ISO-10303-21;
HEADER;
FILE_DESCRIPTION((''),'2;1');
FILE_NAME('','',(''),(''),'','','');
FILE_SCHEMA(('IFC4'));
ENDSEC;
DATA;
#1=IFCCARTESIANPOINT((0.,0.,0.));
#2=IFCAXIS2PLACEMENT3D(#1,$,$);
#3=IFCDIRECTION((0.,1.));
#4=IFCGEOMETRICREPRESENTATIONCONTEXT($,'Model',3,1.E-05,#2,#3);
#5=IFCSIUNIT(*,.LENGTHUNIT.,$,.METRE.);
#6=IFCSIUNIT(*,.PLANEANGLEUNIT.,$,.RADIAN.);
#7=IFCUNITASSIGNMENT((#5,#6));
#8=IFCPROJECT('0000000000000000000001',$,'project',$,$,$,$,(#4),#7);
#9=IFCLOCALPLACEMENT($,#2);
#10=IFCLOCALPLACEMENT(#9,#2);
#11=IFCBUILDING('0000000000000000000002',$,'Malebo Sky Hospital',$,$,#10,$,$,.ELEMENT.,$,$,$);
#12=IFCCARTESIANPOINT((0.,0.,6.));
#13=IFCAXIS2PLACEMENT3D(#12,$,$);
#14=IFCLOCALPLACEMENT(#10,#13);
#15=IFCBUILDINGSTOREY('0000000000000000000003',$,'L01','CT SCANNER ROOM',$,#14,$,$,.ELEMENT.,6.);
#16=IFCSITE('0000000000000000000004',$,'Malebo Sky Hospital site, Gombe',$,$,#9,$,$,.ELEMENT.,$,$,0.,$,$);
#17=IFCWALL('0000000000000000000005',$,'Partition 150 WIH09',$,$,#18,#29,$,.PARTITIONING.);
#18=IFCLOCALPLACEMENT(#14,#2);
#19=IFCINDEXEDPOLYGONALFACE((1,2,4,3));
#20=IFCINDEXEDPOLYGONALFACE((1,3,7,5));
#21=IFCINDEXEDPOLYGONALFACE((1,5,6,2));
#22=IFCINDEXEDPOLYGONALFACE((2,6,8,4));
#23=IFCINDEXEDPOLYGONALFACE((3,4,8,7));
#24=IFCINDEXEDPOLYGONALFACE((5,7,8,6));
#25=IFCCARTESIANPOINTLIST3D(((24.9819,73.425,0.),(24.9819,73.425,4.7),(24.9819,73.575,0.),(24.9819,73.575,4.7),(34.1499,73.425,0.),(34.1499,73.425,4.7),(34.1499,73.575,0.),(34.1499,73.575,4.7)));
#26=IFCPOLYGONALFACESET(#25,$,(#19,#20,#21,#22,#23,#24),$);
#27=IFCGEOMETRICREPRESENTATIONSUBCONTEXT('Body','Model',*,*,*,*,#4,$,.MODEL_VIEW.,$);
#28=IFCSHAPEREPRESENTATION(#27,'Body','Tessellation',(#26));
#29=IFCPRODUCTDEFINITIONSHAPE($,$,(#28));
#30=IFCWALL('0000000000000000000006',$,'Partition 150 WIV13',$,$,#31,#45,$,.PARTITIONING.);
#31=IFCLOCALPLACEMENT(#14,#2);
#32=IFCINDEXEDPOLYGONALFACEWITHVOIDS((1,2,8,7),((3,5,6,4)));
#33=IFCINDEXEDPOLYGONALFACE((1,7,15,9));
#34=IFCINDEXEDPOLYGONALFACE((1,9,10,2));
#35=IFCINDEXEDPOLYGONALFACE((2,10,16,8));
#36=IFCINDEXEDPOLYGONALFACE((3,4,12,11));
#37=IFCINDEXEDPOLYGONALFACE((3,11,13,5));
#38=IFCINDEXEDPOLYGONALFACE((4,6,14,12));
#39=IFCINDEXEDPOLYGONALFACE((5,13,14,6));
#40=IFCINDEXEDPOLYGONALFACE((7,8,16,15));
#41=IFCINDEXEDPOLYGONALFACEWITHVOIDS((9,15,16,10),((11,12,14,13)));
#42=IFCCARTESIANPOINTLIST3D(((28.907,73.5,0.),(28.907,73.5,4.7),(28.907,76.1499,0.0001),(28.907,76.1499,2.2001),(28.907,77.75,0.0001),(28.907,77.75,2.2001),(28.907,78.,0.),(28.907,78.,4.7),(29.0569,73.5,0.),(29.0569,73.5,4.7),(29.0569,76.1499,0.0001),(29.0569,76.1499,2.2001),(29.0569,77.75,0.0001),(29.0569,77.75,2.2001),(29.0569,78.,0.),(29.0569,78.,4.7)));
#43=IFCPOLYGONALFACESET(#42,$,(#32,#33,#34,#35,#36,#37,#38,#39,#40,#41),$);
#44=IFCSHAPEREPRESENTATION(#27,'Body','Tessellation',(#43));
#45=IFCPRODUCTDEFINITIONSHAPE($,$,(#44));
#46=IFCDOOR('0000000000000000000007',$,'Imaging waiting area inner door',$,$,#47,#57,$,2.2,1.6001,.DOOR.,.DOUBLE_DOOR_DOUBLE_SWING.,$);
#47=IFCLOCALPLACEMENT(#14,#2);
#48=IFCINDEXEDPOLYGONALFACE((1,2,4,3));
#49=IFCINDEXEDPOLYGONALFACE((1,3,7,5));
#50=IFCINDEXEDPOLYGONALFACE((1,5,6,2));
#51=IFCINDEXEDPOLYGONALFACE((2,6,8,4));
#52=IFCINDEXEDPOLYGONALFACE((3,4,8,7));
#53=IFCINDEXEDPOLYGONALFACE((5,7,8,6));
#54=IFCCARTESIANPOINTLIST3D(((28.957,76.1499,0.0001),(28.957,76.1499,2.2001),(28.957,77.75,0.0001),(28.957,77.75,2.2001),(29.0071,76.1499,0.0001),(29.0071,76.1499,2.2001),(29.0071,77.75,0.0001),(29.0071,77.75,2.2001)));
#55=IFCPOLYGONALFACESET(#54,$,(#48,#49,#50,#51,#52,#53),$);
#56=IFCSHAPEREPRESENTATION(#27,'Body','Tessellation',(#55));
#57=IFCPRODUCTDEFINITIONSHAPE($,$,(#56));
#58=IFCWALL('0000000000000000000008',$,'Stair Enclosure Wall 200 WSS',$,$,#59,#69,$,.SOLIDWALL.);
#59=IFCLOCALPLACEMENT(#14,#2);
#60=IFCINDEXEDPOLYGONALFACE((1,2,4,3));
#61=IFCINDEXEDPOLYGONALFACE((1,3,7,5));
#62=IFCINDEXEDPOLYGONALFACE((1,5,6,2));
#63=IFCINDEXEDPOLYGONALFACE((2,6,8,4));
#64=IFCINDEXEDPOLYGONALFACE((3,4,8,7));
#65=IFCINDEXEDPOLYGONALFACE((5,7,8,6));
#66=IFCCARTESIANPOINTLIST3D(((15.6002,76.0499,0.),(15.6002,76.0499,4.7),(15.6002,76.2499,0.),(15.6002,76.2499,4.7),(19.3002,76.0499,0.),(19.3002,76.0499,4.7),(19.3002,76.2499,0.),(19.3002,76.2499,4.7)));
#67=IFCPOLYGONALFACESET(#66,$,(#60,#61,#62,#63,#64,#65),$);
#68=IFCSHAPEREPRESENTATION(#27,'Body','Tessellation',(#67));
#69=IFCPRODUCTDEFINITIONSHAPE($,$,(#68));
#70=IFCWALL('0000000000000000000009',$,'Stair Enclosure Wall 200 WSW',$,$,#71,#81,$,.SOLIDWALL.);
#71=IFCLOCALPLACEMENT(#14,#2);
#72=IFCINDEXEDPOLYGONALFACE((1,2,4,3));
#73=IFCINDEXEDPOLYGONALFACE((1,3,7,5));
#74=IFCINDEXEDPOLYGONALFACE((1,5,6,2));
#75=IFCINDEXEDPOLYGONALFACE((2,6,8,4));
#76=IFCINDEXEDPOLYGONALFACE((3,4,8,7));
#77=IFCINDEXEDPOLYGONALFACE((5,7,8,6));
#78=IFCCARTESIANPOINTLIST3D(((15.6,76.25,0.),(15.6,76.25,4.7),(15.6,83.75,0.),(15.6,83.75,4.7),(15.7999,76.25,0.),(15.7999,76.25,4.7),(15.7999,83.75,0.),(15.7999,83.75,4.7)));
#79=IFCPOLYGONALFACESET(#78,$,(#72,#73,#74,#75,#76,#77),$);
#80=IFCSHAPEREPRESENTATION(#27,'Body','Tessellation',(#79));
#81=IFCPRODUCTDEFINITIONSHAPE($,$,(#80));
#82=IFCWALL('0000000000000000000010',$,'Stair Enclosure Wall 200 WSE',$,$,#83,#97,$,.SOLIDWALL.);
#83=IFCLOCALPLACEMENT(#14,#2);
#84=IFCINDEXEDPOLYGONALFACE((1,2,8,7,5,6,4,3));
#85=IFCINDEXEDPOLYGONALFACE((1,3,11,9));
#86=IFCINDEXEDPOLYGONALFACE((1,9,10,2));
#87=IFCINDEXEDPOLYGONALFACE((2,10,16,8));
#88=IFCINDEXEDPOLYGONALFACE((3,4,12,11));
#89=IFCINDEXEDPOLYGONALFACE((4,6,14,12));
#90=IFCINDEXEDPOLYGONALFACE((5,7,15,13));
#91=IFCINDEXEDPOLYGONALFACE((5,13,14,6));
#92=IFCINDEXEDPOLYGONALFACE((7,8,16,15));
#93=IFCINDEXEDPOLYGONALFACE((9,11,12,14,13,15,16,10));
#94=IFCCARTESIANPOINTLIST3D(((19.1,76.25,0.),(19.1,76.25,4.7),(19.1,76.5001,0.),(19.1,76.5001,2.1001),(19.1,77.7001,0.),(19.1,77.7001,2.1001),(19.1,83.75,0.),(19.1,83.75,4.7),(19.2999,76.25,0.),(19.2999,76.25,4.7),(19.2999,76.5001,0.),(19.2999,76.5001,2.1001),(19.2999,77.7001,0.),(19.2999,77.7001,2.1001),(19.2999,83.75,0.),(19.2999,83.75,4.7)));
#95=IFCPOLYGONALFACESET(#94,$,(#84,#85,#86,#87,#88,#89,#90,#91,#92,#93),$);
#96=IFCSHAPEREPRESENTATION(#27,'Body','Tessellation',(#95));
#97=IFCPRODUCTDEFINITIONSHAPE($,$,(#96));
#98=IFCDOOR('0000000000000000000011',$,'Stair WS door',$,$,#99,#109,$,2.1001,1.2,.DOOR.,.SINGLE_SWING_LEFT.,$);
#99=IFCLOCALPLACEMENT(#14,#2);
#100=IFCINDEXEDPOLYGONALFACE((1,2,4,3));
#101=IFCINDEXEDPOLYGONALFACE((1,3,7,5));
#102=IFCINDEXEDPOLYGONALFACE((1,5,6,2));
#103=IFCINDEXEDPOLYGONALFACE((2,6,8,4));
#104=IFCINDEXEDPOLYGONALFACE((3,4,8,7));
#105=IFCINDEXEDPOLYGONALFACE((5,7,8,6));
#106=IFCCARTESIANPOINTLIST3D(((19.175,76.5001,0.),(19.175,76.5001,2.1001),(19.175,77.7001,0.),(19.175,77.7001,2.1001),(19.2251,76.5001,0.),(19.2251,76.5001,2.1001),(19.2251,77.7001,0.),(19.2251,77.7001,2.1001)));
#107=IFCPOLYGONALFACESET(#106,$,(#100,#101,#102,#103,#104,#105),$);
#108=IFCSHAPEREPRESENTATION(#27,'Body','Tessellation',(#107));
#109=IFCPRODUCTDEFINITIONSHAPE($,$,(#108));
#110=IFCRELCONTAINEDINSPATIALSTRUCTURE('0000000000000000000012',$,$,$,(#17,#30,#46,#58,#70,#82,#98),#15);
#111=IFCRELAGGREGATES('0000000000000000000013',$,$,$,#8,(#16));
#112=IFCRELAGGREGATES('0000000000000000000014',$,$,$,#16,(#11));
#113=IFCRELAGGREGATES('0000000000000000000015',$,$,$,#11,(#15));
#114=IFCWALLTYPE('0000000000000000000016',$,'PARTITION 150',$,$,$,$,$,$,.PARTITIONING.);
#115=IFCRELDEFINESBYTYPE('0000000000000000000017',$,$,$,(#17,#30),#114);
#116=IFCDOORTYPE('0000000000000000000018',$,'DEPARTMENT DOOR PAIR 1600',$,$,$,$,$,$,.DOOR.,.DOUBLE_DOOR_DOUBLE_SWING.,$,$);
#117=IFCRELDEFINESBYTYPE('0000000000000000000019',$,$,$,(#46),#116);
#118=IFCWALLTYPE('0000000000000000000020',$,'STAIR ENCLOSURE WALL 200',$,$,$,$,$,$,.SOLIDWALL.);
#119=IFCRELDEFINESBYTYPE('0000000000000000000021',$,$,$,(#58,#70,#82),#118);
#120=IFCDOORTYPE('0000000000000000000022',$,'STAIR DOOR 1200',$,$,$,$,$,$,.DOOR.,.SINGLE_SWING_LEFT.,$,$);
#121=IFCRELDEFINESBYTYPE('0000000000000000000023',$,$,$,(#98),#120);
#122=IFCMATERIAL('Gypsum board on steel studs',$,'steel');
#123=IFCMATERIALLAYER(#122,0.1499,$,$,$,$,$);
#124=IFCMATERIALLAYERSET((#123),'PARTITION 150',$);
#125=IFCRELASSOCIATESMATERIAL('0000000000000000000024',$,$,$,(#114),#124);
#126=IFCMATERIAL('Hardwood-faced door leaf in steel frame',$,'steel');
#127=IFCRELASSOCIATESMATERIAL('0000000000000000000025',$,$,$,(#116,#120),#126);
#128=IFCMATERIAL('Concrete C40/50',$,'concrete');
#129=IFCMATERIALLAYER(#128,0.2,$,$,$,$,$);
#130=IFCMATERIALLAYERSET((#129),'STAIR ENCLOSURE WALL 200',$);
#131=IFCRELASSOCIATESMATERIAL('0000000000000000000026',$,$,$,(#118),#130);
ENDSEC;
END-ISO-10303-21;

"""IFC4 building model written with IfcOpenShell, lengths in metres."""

from ifc_helpers import new_model, si_unit, direction, frame, frame_2d, origin, place, context, subcontext, project, spatial, rectangle, extrude, material, layer, layer_set, type_object, element, fill, save


model = new_model("IFC4")

# Units and contexts
model_context = context("Model", 3, precision=1e-05, world=origin(), true_north=direction((0.0, 1.0)))
body_context = subcontext(model_context, "Body", "Model", "MODEL_VIEW")
ifc_project = project(units=[si_unit("LENGTHUNIT", "METRE"), si_unit("PLANEANGLEUNIT", "RADIAN")], contexts=[model_context])

# Site, building, storey
site_placement = place(None, origin())
site = spatial("IfcSite", under=ifc_project, at=site_placement, Name="Malebo Sky Hospital site, Gombe", CompositionType="ELEMENT", RefElevation=0.0)
building_placement = place(site_placement, origin())
building = spatial("IfcBuilding", under=site, at=building_placement, Name="Malebo Sky Hospital", CompositionType="ELEMENT")
storey_placement = place(building_placement, frame((0.0, 0.0, 6.0)))
storey = spatial("IfcBuildingStorey", under=building, at=storey_placement, Name="L01", Description="CT SCANNER ROOM", CompositionType="ELEMENT", Elevation=6.0)

# Shared definitions
ifc_material_1 = material(Name="Gypsum board on steel studs", Category="steel")
ifc_material_2 = material(Name="Hardwood-faced door leaf in steel frame", Category="steel")

# Shared definitions
ifc_layer_1 = layer(ifc_material_1, 0.1499)
ifc_layer_set_1 = layer_set([ifc_layer_1], Name="PARTITION 150")
wall_type_1 = type_object("IfcWallType", Name="PARTITION 150", PredefinedType="PARTITIONING", material=ifc_layer_set_1)

# Wall
for number, where, z_axis, x_axis, name in (
    (1, (24.9819, 73.5, 0.0), (0.0, 0.0, 1.0), (1.0, 0.0, 0.0), "Partition 150 WIH09"),
):
    element("IfcWall", number, at=place(storey_placement, frame(where, z_axis=z_axis, x_axis=x_axis)), inside=storey, type_object=wall_type_1, Name=name, PredefinedType="PARTITIONING", context=body_context, shape_type="SweptSolid", body=[
        extrude(rectangle(XDim=9.168, YDim=0.1499, at=frame_2d((4.584, 0.0))), origin(), (0.0, 0.0, 1.0), 4.7),
    ])

# Wall, opening, door
wall_1_placement = place(storey_placement, frame((28.9819, 73.5, 0.0), z_axis=(0.0, 0.0, 1.0), x_axis=(0.0, 1.0, 0.0)))
wall_1 = element("IfcWall", 2, at=wall_1_placement, inside=storey, type_object=wall_type_1, Name="Partition 150 WIV13", PredefinedType="PARTITIONING", context=body_context, shape_type="SweptSolid", body=[
    extrude(rectangle(XDim=4.5, YDim=0.1499, at=frame_2d((2.25, 0.0))), origin(), (0.0, 0.0, 1.0), 4.7),
])
opening_1_placement = place(wall_1_placement, frame((2.6499, 0.0, 0.0)))
opening_1 = element("IfcOpeningElement", 3, at=opening_1_placement, cuts=wall_1, PredefinedType="OPENING", context=body_context, shape_type="SweptSolid", body=[
    extrude(rectangle(XDim=1.6001, YDim=2.2, at=frame_2d((0.8, 1.1001))), frame((0.0, 0.085, 0.0), z_axis=(0.0, -1.0, 0.0), x_axis=(1.0, 0.0, 0.0)), (0.0, 0.0, 1.0), 0.1699),
])
door_type_1 = type_object("IfcDoorType", Name="DEPARTMENT DOOR PAIR 1600", OperationType="DOUBLE_DOOR_DOUBLE_SWING", PredefinedType="DOOR", material=ifc_material_2)
door_1_placement = place(opening_1_placement, origin())
door_1 = element("IfcDoor", 4, at=door_1_placement, inside=storey, type_object=door_type_1, Name="Imaging waiting area inner door", OperationType="DOUBLE_DOOR_DOUBLE_SWING", OverallHeight=2.2, OverallWidth=1.6001, PredefinedType="DOOR", context=body_context, shape_type="SweptSolid", body=[
    extrude(rectangle(XDim=1.6001, YDim=2.2, at=frame_2d((0.8, 1.1001))), frame((0.0, 0.0249, 0.0), z_axis=(0.0, -1.0, 0.0), x_axis=(1.0, 0.0, 0.0)), (0.0, 0.0, 1.0), 0.05),
])
fill(opening_1, door_1)

# Walls
ifc_material_3 = material(Name="Concrete C40/50", Category="concrete")
ifc_layer_2 = layer(ifc_material_3, 0.2)
ifc_layer_set_2 = layer_set([ifc_layer_2], Name="STAIR ENCLOSURE WALL 200")
wall_type_2 = type_object("IfcWallType", Name="STAIR ENCLOSURE WALL 200", PredefinedType="SOLIDWALL", material=ifc_layer_set_2)
wall_2_placement = place(storey_placement, frame((15.6001, 76.1499, 0.0), z_axis=(0.0, 0.0, 1.0), x_axis=(1.0, 0.0, 0.0)))
element("IfcWall", 5, at=wall_2_placement, inside=storey, type_object=wall_type_2, Name="Stair Enclosure Wall 200 WSS", PredefinedType="SOLIDWALL", context=body_context, shape_type="SweptSolid", body=[
    extrude(rectangle(XDim=3.7, YDim=0.2, at=frame_2d((1.8501, 0.0))), origin(), (0.0, 0.0, 1.0), 4.7),
])
wall_3_placement = place(storey_placement, frame((15.7, 76.25, 0.0), z_axis=(0.0, 0.0, 1.0), x_axis=(0.0, 1.0, 0.0)))
element("IfcWall", 6, at=wall_3_placement, inside=storey, type_object=wall_type_2, Name="Stair Enclosure Wall 200 WSW", PredefinedType="SOLIDWALL", context=body_context, shape_type="SweptSolid", body=[
    extrude(rectangle(XDim=7.5, YDim=0.2, at=frame_2d((3.75, 0.0))), origin(), (0.0, 0.0, 1.0), 4.7),
])

# Wall, opening, door
wall_4_placement = place(storey_placement, frame((19.2, 76.25, 0.0), z_axis=(0.0, 0.0, 1.0), x_axis=(0.0, 1.0, 0.0)))
wall_4 = element("IfcWall", 7, at=wall_4_placement, inside=storey, type_object=wall_type_2, Name="Stair Enclosure Wall 200 WSE", PredefinedType="SOLIDWALL", context=body_context, shape_type="SweptSolid", body=[
    extrude(rectangle(XDim=7.5, YDim=0.2, at=frame_2d((3.75, 0.0))), origin(), (0.0, 0.0, 1.0), 4.7),
])
opening_2_placement = place(wall_4_placement, frame((0.25, 0.0, 0.0)))
opening_2 = element("IfcOpeningElement", 8, at=opening_2_placement, cuts=wall_4, PredefinedType="OPENING", context=body_context, shape_type="SweptSolid", body=[
    extrude(rectangle(XDim=1.2, YDim=2.1001, at=frame_2d((0.6001, 1.05))), frame((0.0, 0.1099, 0.0), z_axis=(0.0, -1.0, 0.0), x_axis=(1.0, 0.0, 0.0)), (0.0, 0.0, 1.0), 0.22),
])
door_type_2 = type_object("IfcDoorType", Name="STAIR DOOR 1200", OperationType="SINGLE_SWING_LEFT", PredefinedType="DOOR", material=ifc_material_2)
door_2_placement = place(opening_2_placement, origin())
door_2 = element("IfcDoor", 9, at=door_2_placement, inside=storey, type_object=door_type_2, Name="Stair WS door", OperationType="SINGLE_SWING_LEFT", OverallHeight=2.1001, OverallWidth=1.2, PredefinedType="DOOR", context=body_context, shape_type="SweptSolid", body=[
    extrude(rectangle(XDim=1.2, YDim=2.1001, at=frame_2d((0.6001, 1.05))), frame((0.0, 0.0249, 0.0), z_axis=(0.0, -1.0, 0.0), x_axis=(1.0, 0.0, 0.0)), (0.0, 0.0, 1.0), 0.05),
])
fill(opening_2, door_2)

save(model, "model.ifc")
